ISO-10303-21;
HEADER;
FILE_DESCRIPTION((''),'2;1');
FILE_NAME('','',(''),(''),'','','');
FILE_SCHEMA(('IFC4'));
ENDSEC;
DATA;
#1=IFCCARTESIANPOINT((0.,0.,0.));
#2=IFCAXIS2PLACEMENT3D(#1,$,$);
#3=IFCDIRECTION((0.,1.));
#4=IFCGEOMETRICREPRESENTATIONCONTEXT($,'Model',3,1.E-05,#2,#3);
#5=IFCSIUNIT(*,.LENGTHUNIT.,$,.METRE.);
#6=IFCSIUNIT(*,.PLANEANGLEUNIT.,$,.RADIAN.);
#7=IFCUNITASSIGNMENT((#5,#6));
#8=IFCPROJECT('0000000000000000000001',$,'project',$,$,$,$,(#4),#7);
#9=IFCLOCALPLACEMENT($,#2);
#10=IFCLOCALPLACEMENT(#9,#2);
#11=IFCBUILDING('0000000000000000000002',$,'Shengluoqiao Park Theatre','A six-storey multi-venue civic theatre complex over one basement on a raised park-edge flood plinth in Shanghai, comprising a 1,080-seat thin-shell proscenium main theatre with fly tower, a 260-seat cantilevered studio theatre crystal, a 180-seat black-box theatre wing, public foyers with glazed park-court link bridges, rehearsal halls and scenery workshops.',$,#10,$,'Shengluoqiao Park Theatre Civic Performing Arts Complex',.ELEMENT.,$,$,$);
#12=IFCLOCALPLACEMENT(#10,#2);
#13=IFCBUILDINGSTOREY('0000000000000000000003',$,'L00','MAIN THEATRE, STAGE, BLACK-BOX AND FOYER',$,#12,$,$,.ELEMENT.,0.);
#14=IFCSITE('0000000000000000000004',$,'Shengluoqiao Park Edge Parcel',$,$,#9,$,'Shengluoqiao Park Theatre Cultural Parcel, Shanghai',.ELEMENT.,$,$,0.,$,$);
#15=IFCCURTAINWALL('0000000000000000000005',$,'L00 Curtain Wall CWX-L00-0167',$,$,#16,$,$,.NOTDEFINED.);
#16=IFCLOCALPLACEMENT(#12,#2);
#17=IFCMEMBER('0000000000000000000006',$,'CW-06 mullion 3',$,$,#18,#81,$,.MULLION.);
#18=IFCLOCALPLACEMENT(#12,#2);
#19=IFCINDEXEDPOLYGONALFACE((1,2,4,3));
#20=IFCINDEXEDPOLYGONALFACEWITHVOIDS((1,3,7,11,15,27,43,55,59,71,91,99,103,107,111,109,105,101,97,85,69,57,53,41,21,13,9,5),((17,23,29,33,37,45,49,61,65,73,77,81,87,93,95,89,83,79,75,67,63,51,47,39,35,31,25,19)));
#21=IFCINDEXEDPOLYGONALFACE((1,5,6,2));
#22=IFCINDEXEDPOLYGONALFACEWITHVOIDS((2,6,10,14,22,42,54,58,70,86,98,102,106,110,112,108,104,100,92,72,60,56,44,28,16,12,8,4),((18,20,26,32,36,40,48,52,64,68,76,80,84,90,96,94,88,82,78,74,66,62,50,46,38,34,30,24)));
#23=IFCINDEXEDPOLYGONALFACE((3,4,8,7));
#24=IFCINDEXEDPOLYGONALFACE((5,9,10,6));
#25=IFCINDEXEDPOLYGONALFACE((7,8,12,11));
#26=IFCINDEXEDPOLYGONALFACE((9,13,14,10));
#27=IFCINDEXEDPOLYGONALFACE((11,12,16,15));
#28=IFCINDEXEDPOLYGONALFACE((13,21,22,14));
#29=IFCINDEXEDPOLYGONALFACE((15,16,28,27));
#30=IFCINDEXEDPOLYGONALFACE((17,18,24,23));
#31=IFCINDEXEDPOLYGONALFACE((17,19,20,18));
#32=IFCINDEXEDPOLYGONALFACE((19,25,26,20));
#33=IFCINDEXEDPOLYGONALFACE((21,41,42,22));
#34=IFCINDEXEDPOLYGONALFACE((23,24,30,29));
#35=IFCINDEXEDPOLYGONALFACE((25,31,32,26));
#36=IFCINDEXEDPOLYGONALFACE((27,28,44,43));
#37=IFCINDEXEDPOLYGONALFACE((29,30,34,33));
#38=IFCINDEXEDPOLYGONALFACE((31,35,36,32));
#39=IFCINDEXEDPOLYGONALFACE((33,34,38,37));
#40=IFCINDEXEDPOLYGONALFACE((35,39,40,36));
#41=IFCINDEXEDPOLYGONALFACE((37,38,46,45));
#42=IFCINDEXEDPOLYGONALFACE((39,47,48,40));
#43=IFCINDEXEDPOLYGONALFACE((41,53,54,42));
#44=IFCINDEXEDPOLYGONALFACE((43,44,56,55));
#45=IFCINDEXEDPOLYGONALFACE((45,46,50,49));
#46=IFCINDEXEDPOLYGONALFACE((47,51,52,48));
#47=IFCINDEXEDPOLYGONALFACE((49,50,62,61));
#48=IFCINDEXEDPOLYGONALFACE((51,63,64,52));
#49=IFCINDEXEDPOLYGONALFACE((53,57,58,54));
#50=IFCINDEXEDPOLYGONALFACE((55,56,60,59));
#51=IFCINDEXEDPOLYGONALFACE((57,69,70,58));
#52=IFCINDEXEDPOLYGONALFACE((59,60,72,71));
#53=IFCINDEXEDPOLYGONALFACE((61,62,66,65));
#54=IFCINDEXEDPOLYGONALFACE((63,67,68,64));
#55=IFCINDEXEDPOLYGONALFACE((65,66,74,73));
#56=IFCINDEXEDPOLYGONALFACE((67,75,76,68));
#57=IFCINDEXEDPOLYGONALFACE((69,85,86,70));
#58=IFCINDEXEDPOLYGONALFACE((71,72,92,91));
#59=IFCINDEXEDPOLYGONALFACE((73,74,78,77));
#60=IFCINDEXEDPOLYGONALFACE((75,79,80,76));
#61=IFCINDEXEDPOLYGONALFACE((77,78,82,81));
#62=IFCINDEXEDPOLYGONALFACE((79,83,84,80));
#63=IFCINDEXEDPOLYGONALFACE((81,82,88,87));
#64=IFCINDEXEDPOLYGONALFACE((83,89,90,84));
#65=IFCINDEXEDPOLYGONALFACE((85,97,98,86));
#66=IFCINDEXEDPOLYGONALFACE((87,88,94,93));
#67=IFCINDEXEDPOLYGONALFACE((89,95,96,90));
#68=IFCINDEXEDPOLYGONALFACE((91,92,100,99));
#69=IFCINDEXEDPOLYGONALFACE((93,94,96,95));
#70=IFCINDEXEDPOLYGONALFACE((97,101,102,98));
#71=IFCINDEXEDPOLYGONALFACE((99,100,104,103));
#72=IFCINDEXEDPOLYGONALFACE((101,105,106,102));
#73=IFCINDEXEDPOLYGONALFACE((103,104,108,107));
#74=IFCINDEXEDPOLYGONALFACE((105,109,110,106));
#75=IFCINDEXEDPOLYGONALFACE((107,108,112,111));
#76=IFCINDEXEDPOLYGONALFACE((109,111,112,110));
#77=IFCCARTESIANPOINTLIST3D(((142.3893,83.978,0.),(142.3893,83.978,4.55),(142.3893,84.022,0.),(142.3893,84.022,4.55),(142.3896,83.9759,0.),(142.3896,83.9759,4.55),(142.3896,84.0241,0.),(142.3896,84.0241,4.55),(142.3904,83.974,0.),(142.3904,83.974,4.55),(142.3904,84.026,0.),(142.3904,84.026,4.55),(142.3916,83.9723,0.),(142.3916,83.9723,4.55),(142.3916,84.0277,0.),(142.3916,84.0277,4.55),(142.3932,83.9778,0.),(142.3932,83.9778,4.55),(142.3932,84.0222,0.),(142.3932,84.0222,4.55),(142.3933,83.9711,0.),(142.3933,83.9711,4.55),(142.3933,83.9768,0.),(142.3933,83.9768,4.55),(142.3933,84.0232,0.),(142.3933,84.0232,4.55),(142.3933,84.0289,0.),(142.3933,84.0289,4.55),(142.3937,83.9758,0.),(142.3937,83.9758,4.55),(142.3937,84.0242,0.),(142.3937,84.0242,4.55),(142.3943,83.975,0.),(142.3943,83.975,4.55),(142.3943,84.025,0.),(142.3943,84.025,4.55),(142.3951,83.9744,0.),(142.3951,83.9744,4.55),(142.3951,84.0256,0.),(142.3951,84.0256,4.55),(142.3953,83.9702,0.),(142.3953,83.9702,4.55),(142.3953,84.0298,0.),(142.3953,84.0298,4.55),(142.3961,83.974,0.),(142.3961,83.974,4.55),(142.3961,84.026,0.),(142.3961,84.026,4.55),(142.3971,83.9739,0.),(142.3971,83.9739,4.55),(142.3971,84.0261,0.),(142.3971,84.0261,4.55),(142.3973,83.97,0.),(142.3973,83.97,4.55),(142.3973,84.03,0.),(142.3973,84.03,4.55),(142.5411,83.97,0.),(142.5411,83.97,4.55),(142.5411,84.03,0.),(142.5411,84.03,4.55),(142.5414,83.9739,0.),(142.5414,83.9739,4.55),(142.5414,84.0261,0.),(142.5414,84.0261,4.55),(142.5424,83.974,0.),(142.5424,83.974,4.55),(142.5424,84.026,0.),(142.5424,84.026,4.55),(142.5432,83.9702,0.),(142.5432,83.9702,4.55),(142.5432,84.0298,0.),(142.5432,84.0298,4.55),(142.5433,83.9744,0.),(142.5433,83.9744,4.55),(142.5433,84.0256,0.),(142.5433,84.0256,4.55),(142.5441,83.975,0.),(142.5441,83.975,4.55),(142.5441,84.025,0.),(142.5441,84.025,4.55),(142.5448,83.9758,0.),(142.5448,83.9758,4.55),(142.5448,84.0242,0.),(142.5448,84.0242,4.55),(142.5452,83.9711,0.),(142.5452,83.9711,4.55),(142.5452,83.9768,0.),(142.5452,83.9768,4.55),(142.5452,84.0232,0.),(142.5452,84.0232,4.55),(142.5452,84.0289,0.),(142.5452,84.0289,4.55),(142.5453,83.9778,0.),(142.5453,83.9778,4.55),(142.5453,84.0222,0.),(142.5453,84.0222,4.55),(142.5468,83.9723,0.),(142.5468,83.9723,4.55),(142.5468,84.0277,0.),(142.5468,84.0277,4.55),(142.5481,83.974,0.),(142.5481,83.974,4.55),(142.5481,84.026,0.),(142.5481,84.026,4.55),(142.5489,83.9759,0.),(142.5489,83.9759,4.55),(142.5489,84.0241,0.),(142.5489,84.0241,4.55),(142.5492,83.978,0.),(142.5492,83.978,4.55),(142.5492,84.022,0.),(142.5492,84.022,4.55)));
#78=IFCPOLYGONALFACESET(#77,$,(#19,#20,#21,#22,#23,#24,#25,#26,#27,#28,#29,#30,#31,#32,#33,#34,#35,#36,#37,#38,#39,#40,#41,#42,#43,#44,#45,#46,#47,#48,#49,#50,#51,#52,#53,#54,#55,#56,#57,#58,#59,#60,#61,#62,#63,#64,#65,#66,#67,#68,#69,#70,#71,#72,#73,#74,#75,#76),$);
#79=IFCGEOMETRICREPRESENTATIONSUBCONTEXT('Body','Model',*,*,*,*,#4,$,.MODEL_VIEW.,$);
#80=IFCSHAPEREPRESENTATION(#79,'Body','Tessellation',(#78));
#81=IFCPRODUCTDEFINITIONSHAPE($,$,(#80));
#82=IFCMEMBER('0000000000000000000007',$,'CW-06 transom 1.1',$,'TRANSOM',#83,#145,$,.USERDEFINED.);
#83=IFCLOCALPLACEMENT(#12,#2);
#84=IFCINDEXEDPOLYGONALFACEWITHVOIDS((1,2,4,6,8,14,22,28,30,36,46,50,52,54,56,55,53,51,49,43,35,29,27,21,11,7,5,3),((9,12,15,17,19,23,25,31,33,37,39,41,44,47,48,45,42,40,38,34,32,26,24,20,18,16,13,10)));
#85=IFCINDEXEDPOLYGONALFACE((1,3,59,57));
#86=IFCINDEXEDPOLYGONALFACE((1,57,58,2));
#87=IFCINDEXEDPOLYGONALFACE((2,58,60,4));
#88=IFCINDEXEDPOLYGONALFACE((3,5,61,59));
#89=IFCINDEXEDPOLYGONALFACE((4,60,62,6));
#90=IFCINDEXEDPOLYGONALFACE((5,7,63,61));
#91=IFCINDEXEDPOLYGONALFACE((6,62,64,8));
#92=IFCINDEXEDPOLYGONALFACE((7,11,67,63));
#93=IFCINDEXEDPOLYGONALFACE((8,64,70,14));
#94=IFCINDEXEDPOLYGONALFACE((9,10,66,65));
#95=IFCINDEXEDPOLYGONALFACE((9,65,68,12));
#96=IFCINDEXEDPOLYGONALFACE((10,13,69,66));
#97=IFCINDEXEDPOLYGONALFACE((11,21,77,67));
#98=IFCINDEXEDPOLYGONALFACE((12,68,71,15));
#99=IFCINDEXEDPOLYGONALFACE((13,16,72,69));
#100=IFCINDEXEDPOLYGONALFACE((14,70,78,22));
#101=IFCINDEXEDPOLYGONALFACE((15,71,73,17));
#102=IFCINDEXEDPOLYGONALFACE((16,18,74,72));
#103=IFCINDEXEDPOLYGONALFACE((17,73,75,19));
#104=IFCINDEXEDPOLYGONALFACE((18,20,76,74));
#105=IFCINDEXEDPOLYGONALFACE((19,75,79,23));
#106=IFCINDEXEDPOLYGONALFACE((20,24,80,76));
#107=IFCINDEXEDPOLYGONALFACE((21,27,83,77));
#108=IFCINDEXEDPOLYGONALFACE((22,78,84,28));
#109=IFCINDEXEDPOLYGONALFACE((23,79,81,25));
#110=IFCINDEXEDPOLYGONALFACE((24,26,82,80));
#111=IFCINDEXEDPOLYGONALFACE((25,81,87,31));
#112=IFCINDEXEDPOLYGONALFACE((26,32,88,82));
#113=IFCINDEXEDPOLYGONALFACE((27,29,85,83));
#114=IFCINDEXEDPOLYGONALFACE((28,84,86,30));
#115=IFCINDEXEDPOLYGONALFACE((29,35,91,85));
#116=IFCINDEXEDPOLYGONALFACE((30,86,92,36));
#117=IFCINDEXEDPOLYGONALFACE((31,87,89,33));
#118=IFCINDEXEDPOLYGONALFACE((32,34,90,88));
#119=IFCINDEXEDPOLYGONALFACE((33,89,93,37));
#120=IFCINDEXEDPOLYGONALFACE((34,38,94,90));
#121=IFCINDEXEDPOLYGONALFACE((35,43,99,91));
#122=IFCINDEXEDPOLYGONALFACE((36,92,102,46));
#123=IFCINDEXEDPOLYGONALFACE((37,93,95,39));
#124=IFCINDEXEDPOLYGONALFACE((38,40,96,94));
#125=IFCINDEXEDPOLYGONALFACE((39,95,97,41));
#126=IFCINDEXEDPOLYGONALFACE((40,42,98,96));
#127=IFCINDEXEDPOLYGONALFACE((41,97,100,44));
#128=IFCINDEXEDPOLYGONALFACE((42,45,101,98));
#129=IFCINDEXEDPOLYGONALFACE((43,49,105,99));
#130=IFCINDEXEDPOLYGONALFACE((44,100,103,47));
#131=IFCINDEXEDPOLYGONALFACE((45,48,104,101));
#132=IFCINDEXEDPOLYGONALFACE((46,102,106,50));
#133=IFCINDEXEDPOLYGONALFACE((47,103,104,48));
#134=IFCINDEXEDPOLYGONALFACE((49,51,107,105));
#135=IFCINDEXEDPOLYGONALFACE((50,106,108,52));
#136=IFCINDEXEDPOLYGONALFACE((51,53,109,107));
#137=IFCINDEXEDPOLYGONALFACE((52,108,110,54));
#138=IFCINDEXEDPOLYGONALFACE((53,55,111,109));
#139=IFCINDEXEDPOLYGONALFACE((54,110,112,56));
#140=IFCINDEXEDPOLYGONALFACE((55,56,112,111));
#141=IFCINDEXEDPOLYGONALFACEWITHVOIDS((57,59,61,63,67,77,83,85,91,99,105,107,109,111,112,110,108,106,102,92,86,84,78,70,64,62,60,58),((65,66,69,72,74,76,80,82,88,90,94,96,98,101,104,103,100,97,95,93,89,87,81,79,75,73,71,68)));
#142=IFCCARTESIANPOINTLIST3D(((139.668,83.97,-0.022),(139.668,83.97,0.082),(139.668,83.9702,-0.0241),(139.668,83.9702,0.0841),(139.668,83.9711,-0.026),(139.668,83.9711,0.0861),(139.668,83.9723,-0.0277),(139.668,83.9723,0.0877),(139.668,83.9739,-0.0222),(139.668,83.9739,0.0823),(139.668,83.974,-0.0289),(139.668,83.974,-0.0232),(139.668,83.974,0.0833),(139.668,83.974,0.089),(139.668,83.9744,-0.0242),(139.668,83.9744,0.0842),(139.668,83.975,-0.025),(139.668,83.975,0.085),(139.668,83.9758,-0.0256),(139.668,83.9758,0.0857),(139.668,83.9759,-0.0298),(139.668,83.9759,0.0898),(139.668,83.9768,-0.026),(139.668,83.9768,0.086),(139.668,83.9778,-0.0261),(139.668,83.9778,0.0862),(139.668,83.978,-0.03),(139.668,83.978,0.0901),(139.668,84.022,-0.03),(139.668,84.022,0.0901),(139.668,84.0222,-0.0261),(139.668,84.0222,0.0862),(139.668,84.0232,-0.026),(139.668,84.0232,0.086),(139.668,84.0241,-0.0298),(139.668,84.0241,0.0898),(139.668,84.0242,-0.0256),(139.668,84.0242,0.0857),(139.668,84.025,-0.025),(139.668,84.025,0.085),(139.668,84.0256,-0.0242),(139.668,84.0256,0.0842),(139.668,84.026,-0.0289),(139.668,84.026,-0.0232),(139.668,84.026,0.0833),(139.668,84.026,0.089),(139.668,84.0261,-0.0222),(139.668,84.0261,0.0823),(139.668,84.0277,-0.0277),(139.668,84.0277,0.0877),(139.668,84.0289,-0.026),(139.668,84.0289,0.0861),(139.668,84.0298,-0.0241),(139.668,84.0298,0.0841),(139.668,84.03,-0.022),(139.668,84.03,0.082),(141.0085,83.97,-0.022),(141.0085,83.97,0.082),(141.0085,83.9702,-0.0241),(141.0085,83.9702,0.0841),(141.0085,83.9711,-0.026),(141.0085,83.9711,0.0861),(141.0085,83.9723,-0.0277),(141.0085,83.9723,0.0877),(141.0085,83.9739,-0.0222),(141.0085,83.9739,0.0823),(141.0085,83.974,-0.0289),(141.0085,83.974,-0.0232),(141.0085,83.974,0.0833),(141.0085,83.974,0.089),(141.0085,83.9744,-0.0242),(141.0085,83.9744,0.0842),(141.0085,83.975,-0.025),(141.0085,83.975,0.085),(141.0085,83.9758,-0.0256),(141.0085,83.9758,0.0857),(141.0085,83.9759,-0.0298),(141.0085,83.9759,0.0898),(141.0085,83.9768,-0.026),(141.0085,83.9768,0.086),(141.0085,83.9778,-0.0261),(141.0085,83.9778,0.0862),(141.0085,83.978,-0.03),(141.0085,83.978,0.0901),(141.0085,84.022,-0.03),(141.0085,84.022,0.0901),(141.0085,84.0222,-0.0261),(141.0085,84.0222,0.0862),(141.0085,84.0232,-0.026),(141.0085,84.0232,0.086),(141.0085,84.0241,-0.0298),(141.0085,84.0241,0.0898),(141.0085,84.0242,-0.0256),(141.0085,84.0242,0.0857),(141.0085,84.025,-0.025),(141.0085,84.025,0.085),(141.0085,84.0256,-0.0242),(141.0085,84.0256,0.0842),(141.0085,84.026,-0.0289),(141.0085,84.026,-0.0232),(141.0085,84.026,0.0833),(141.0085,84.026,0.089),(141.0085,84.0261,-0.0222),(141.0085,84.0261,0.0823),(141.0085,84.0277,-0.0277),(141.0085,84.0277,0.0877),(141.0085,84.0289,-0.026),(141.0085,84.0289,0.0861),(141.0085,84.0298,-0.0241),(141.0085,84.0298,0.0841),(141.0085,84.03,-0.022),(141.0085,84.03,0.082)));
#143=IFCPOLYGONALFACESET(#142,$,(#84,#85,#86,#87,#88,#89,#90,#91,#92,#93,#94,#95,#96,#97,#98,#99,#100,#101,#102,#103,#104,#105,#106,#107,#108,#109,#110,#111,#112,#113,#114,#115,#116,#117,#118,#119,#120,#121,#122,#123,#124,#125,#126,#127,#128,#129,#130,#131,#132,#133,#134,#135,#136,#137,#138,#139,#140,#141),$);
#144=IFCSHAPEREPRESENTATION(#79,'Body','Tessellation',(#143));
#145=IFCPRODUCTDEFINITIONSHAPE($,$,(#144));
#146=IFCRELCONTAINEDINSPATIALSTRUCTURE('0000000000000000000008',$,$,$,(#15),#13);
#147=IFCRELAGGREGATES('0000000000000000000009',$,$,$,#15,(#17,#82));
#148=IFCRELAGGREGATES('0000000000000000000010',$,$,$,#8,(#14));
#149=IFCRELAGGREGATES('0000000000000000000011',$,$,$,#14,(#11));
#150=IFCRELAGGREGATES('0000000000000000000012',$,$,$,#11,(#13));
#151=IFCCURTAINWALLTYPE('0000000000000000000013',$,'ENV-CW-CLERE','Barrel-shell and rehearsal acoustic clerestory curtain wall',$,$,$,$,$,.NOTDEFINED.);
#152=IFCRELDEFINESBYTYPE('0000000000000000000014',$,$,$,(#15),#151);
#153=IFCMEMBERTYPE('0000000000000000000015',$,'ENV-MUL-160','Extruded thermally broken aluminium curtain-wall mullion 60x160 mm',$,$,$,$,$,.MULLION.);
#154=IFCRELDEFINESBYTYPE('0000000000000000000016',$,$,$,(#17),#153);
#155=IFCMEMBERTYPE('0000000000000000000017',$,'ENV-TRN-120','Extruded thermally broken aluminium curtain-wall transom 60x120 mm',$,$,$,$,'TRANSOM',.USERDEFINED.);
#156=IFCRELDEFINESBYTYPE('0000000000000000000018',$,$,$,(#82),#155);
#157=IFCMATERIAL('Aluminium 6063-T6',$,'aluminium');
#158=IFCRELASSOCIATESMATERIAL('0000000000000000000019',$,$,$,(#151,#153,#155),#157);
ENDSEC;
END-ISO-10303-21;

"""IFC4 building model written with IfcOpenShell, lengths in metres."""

from ifc_helpers import new_model, si_unit, direction, frame, origin, origin_2d, place, context, subcontext, project, spatial, hollow_rectangle, extrude, material, material_profile, profile_set, type_object, element, aggregate, save


model = new_model("IFC4")

# Units and contexts
model_context = context("Model", 3, precision=1e-05, world=origin(), true_north=direction((0.0, 1.0)))
body_context = subcontext(model_context, "Body", "Model", "MODEL_VIEW")
ifc_project = project(units=[si_unit("LENGTHUNIT", "METRE"), si_unit("PLANEANGLEUNIT", "RADIAN")], contexts=[model_context])

# Site, building, storey
site_placement = place(None, origin())
site = spatial("IfcSite", under=ifc_project, at=site_placement, Name="Shengluoqiao Park Edge Parcel", LongName="Shengluoqiao Park Theatre Cultural Parcel, Shanghai", CompositionType="ELEMENT", RefElevation=0.0)
building_placement = place(site_placement, origin())
building = spatial("IfcBuilding", under=site, at=building_placement, Name="Shengluoqiao Park Theatre", Description="A six-storey multi-venue civic theatre complex over one basement on a raised park-edge flood plinth in Shanghai, comprising a 1,080-seat thin-shell proscenium main theatre with fly tower, a 260-seat cantilevered studio theatre crystal, a 180-seat black-box theatre wing, public foyers with glazed park-court link bridges, rehearsal halls and scenery workshops.", LongName="Shengluoqiao Park Theatre Civic Performing Arts Complex", CompositionType="ELEMENT")
storey_placement = place(building_placement, origin())
storey = spatial("IfcBuildingStorey", under=building, at=storey_placement, Name="L00", Description="MAIN THEATRE, STAGE, BLACK-BOX AND FOYER", CompositionType="ELEMENT", Elevation=0.0)

# Curtain wall, members
ifc_material_1 = material(Name="Aluminium 6063-T6", Category="aluminium")
curtain_wall_type = type_object("IfcCurtainWallType", Name="ENV-CW-CLERE", Description="Barrel-shell and rehearsal acoustic clerestory curtain wall", PredefinedType="NOTDEFINED", material=ifc_material_1)
curtain_wall_placement = place(storey_placement, origin())
curtain_wall = element("IfcCurtainWall", 1, at=curtain_wall_placement, inside=storey, type_object=curtain_wall_type, Name="L00 Curtain Wall CWX-L00-0167", PredefinedType="NOTDEFINED")
ifc_material_profile_1 = material_profile(ifc_material_1, hollow_rectangle(XDim=0.0601, YDim=0.1599, WallThickness=0.0039, InnerFilletRadius=0.0039, OuterFilletRadius=0.0081, at=origin_2d()), Name="ALU MULLION 160x60x4")
ifc_profile_set_1 = profile_set([ifc_material_profile_1], Name="Aluminium 6063-T6")
member_type_1 = type_object("IfcMemberType", Name="ENV-MUL-160", Description="Extruded thermally broken aluminium curtain-wall mullion 60x160 mm", PredefinedType="MULLION", material=ifc_profile_set_1)
member_1_placement = place(storey_placement, frame((142.4692, 84.0, 0.0), z_axis=(0.0, 0.0, 1.0), x_axis=(0.0, 1.0, 0.0)))
member_1 = element("IfcMember", 2, at=member_1_placement, type_object=member_type_1, Name="CW-06 mullion 3", PredefinedType="MULLION", context=body_context, shape_type="SweptSolid", body=[
    extrude(hollow_rectangle(XDim=0.0601, YDim=0.1599, WallThickness=0.0039, InnerFilletRadius=0.0039, OuterFilletRadius=0.0081, at=origin_2d()), origin(), (0.0, 0.0, 1.0), 4.55),
])
ifc_material_profile_2 = material_profile(ifc_material_1, hollow_rectangle(XDim=0.0601, YDim=0.1201, WallThickness=0.0039, InnerFilletRadius=0.0039, OuterFilletRadius=0.0081, at=origin_2d()), Name="ALU TRANSOM 120x60x4")
ifc_profile_set_2 = profile_set([ifc_material_profile_2], Name="Aluminium 6063-T6")
member_type_2 = type_object("IfcMemberType", Name="ENV-TRN-120", Description="Extruded thermally broken aluminium curtain-wall transom 60x120 mm", ElementType="TRANSOM", PredefinedType="USERDEFINED", material=ifc_profile_set_2)
member_2_placement = place(storey_placement, frame((139.668, 84.0, 0.03), z_axis=(1.0, 0.0, 0.0), x_axis=(0.0, 1.0, 0.0)))
member_2 = element("IfcMember", 3, at=member_2_placement, type_object=member_type_2, Name="CW-06 transom 1.1", ObjectType="TRANSOM", PredefinedType="USERDEFINED", context=body_context, shape_type="SweptSolid", body=[
    extrude(hollow_rectangle(XDim=0.0601, YDim=0.1201, WallThickness=0.0039, InnerFilletRadius=0.0039, OuterFilletRadius=0.0081, at=origin_2d()), origin(), (0.0, 0.0, 1.0), 1.3406),
])
aggregate(curtain_wall, [member_1, member_2])

save(model, "model.ifc")
